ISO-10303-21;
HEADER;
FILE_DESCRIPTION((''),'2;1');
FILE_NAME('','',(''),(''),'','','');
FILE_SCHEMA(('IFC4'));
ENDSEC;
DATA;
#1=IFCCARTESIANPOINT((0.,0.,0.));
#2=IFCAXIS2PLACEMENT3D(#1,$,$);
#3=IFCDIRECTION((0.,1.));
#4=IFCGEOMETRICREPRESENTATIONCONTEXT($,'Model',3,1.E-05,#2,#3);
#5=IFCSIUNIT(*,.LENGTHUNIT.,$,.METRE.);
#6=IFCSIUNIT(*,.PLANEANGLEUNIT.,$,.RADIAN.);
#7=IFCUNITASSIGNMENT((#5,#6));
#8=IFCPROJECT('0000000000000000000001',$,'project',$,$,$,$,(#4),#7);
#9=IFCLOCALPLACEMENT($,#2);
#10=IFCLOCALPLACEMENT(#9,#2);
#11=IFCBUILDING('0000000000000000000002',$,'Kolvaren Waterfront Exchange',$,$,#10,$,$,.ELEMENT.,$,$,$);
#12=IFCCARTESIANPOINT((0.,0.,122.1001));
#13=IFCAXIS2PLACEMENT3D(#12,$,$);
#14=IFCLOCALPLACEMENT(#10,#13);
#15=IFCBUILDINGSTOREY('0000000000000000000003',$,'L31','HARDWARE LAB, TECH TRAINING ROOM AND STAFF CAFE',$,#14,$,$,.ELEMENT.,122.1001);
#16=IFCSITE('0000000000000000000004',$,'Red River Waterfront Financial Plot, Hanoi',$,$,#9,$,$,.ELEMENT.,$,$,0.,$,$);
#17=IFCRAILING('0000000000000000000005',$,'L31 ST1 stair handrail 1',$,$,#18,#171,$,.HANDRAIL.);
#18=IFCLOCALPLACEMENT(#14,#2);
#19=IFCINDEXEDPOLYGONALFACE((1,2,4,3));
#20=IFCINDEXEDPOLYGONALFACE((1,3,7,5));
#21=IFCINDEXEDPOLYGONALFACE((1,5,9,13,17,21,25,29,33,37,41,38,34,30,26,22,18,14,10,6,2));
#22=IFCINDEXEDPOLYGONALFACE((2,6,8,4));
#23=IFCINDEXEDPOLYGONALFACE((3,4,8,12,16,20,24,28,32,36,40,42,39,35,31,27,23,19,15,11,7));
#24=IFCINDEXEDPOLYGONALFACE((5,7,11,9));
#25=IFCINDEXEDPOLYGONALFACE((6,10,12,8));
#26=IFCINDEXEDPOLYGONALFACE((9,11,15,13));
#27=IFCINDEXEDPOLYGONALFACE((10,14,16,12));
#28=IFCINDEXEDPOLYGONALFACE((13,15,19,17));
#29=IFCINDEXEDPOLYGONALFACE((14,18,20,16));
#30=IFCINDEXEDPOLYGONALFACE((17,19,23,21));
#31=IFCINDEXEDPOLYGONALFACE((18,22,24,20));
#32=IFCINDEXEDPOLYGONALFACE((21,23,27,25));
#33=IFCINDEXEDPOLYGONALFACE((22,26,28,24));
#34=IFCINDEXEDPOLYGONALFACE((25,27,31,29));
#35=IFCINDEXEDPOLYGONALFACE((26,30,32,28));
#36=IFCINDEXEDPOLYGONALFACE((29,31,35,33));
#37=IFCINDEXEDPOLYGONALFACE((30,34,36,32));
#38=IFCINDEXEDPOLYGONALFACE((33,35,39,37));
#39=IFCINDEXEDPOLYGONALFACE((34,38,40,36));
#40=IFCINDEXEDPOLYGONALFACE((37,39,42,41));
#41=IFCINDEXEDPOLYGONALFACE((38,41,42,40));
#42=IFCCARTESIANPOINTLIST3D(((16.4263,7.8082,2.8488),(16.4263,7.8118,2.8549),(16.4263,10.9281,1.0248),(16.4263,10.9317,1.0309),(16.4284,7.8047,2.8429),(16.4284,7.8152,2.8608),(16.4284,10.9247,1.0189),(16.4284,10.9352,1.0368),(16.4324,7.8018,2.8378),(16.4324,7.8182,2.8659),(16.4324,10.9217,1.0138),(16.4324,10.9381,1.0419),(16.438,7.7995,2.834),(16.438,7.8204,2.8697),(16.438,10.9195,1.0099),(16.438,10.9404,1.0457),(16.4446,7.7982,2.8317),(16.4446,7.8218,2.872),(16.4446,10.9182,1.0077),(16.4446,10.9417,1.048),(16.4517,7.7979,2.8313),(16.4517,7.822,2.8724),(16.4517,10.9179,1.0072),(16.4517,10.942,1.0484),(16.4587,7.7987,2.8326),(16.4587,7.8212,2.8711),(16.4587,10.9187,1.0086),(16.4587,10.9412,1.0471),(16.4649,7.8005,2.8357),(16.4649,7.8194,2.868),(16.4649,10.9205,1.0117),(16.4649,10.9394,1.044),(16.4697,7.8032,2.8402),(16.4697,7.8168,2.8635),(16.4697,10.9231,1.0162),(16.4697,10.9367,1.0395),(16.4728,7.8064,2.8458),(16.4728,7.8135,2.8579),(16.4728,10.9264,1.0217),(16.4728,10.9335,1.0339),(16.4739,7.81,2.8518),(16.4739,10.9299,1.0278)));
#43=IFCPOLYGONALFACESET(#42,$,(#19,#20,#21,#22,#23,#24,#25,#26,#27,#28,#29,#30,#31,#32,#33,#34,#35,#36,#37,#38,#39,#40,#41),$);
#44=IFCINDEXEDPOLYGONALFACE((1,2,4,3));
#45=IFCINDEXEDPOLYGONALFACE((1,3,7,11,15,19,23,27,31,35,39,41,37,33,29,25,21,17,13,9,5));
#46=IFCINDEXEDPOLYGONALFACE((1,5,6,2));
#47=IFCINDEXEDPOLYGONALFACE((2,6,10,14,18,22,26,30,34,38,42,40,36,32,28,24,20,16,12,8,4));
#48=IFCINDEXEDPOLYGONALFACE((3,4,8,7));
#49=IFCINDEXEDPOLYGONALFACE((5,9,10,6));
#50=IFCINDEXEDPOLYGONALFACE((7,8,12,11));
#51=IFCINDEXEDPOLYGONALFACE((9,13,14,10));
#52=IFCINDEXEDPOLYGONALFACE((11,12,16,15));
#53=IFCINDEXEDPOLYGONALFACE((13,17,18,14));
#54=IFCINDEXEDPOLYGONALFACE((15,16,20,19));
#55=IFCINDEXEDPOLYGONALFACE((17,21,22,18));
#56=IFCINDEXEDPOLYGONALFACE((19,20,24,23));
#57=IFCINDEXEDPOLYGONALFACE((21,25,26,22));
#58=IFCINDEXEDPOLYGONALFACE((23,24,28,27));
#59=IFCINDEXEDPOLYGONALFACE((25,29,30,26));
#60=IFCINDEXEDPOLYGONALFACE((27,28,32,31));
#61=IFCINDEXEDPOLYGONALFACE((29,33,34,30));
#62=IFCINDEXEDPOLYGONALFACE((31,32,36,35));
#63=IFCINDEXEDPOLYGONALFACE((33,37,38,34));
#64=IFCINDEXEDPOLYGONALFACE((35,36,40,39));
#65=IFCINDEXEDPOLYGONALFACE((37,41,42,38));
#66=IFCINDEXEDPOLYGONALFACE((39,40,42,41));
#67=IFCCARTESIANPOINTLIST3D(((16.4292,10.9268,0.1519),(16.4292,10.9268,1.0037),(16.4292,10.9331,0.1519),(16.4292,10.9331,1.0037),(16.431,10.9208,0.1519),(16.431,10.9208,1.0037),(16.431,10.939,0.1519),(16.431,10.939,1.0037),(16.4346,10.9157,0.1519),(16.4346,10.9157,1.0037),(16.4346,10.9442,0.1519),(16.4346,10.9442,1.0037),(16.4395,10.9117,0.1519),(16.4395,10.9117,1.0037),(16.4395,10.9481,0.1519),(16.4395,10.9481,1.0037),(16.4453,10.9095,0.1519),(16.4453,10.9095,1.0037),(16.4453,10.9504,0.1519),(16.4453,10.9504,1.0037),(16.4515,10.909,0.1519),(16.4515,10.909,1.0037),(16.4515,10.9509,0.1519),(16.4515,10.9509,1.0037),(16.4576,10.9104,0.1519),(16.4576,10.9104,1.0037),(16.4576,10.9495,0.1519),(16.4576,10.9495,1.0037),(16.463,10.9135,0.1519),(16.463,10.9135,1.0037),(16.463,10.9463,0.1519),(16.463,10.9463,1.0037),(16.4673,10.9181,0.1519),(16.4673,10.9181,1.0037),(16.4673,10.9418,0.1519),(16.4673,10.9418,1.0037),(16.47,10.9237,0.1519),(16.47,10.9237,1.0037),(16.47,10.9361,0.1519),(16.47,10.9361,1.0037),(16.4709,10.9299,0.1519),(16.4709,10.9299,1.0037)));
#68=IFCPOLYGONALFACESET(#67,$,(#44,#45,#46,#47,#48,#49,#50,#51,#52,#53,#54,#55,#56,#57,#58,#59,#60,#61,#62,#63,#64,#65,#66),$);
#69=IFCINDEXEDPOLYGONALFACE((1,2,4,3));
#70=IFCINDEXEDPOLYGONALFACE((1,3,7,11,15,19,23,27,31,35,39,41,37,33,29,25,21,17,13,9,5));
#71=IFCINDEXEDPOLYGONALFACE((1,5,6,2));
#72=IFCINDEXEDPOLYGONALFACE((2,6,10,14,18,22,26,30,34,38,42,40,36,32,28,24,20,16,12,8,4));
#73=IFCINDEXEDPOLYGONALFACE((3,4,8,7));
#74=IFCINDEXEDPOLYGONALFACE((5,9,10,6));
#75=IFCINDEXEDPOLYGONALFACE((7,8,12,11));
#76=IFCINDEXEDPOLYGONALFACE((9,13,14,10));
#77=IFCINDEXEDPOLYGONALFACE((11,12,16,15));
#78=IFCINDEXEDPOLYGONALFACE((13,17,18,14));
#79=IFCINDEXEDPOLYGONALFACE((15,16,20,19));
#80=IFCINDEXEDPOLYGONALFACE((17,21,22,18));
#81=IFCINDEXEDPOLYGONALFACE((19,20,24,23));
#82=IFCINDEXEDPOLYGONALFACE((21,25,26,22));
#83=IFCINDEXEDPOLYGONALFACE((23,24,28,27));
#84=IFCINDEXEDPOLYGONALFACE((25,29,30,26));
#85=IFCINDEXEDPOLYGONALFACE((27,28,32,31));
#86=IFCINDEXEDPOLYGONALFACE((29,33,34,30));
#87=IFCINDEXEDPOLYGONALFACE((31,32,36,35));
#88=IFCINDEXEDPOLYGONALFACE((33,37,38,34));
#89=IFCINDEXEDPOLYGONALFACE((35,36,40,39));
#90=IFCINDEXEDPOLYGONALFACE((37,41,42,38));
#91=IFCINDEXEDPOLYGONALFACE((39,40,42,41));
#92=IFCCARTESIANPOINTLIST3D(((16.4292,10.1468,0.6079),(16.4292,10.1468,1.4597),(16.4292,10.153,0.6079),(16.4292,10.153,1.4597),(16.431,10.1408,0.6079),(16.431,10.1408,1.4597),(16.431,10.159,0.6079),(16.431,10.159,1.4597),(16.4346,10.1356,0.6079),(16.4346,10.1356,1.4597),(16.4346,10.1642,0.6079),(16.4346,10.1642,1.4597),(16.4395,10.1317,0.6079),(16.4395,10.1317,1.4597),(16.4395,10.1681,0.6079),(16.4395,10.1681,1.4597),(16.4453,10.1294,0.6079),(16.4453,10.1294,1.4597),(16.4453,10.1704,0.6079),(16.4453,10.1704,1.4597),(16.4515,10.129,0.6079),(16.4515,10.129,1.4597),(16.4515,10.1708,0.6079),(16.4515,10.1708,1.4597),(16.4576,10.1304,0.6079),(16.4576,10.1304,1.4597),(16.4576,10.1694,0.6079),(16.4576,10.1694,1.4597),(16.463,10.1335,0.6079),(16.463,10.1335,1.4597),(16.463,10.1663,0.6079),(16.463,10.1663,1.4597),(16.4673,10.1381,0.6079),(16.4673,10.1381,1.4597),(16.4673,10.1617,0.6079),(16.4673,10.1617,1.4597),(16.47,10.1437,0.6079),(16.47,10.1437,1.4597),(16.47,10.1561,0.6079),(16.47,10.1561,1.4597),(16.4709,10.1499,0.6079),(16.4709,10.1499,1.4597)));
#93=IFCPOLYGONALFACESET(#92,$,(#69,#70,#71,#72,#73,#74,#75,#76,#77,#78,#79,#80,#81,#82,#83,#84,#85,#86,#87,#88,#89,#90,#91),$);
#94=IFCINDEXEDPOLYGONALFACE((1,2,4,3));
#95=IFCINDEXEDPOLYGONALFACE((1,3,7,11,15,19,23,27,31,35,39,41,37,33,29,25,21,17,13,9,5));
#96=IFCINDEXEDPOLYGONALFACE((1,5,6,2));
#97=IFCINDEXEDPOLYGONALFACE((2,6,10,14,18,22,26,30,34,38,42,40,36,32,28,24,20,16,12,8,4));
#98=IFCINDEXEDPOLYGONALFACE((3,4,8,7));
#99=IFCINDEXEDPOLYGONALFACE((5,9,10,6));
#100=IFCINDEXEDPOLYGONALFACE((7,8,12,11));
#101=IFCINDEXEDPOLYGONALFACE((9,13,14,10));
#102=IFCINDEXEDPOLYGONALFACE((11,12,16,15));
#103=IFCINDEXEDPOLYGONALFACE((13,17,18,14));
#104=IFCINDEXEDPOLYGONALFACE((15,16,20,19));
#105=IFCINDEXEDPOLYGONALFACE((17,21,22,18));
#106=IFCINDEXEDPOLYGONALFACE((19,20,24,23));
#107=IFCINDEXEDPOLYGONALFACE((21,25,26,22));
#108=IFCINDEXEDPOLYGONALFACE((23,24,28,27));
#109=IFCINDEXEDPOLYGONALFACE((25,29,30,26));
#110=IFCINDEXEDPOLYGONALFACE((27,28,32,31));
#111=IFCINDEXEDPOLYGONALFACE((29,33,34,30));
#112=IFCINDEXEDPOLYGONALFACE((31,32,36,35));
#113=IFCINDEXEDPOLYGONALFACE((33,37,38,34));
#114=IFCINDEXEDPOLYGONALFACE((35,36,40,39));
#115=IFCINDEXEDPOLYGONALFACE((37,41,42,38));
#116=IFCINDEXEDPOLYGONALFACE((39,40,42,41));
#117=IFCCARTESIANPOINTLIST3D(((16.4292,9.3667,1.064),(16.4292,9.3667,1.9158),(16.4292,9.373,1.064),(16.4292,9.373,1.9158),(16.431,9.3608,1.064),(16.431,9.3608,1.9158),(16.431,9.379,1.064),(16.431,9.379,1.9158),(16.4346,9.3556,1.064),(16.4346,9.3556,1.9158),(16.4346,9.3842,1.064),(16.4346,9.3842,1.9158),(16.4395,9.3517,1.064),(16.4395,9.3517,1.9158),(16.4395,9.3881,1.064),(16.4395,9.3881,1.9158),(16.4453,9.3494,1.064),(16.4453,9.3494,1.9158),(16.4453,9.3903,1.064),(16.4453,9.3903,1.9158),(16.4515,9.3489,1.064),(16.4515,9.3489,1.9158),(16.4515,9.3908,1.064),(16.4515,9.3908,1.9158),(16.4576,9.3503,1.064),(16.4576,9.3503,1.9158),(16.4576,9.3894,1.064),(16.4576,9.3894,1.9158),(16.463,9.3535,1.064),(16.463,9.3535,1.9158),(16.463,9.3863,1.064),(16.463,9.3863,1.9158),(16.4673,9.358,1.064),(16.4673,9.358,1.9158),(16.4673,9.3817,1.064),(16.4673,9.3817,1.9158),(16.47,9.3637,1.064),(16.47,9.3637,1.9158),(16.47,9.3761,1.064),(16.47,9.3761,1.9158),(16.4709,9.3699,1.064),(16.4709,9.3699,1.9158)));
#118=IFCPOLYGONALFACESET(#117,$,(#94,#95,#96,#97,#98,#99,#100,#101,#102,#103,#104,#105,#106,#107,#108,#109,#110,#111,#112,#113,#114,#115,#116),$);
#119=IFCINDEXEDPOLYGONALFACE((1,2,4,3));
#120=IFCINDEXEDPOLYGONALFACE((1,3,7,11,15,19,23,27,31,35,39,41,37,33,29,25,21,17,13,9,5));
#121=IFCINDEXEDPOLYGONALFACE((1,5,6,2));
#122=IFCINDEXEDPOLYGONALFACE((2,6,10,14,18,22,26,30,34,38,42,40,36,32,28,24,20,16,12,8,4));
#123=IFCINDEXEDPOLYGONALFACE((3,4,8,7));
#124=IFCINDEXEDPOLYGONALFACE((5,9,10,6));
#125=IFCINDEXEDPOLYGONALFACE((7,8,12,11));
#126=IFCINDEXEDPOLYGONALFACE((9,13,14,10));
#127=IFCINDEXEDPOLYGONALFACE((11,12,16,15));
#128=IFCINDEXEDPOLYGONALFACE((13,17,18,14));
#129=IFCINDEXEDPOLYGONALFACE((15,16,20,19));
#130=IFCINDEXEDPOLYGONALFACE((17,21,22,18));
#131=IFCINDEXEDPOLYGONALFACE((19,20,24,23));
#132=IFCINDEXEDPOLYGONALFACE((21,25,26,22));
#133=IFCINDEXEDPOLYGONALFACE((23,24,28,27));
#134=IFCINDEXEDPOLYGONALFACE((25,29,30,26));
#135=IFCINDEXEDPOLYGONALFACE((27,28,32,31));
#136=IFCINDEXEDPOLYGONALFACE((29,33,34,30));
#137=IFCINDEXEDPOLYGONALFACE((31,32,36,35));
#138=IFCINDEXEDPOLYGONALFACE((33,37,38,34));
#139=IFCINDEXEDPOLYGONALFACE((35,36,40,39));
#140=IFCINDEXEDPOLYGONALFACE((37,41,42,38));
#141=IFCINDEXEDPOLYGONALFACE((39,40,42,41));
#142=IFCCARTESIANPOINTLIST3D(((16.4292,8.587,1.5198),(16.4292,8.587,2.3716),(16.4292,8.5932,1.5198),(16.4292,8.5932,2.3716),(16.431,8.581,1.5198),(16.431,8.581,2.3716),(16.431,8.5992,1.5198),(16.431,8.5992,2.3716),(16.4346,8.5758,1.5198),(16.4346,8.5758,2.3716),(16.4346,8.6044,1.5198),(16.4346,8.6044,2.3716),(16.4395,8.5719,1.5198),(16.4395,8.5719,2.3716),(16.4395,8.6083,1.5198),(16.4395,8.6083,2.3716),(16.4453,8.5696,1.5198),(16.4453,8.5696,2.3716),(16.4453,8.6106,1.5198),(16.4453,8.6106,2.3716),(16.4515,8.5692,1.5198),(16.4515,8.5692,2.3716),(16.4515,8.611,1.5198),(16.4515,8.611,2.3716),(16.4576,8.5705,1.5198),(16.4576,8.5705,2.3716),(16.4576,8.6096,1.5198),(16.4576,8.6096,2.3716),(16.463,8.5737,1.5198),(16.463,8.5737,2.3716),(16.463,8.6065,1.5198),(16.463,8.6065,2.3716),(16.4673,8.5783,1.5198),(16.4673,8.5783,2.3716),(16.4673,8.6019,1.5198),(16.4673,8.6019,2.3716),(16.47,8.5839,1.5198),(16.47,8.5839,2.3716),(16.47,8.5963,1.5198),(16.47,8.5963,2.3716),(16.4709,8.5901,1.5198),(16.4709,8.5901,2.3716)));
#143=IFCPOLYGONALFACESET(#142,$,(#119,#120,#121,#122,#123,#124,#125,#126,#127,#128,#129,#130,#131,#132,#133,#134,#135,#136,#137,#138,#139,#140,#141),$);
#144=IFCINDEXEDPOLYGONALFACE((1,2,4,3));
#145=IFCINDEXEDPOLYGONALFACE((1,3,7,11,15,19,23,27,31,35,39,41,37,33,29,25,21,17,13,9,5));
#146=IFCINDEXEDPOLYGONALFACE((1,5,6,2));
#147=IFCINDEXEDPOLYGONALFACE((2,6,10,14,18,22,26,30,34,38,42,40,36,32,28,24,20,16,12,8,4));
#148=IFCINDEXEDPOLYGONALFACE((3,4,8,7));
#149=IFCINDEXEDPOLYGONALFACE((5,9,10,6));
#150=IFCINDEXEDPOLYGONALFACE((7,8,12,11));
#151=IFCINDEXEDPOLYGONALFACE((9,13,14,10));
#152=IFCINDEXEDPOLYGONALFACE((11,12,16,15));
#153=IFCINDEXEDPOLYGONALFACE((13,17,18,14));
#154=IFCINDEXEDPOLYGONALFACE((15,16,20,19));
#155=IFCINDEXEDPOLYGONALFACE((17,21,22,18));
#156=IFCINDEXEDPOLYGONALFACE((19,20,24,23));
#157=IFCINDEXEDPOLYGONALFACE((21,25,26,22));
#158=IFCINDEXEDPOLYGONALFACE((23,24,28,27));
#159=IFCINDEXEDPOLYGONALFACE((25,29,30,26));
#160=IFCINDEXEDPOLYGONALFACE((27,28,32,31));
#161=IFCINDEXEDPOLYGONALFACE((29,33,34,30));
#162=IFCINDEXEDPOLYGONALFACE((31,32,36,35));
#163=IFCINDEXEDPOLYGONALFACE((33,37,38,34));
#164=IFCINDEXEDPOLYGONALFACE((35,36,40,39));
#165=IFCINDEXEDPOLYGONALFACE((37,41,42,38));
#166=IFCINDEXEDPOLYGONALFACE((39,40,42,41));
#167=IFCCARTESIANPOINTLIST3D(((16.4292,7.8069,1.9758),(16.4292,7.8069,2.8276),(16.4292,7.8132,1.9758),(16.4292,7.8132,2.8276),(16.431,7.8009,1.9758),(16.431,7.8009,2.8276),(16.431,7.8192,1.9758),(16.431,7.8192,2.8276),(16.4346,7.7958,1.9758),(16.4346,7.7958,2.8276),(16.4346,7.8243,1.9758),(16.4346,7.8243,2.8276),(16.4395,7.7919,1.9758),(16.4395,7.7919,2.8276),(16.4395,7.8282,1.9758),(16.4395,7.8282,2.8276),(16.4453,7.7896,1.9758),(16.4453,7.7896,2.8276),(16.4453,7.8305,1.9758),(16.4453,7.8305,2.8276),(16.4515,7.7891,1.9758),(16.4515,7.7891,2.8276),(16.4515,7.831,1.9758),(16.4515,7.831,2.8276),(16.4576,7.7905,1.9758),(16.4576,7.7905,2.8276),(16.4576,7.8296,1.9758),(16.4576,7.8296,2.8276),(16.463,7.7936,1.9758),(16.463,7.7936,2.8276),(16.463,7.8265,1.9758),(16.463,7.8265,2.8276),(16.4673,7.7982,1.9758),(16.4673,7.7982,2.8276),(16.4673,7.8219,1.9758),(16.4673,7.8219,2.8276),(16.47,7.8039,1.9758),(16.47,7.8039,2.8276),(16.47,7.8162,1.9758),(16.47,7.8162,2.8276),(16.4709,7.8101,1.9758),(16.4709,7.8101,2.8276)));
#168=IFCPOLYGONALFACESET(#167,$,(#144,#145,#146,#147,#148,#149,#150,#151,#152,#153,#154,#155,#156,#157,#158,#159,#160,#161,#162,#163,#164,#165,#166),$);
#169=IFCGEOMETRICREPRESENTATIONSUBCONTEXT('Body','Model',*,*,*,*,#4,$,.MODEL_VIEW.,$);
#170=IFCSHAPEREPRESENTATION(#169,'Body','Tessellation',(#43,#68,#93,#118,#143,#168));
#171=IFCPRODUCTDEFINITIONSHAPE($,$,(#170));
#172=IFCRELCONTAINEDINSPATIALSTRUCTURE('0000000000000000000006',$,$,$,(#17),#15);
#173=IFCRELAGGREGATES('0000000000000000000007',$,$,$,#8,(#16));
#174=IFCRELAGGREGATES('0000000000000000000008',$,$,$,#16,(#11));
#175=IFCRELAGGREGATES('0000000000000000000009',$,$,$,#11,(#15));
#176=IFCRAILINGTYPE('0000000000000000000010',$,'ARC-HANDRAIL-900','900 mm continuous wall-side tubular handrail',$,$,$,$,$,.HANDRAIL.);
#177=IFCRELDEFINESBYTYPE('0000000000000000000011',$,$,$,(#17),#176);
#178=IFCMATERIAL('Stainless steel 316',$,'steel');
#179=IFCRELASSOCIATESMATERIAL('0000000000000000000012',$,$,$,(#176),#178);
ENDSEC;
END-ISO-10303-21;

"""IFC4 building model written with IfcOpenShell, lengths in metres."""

from ifc_helpers import new_model, si_unit, direction, frame, origin, origin_2d, place, context, subcontext, project, spatial, circle, extrude, material, type_object, element, save


model = new_model("IFC4")

# Units and contexts
model_context = context("Model", 3, precision=1e-05, world=origin(), true_north=direction((0.0, 1.0)))
body_context = subcontext(model_context, "Body", "Model", "MODEL_VIEW")
ifc_project = project(units=[si_unit("LENGTHUNIT", "METRE"), si_unit("PLANEANGLEUNIT", "RADIAN")], contexts=[model_context])

# Site, building, storey
site_placement = place(None, origin())
site = spatial("IfcSite", under=ifc_project, at=site_placement, Name="Red River Waterfront Financial Plot, Hanoi", CompositionType="ELEMENT", RefElevation=0.0)
building_placement = place(site_placement, origin())
building = spatial("IfcBuilding", under=site, at=building_placement, Name="Kolvaren Waterfront Exchange", CompositionType="ELEMENT")
storey_placement = place(building_placement, frame((0.0, 0.0, 122.1001)))
storey = spatial("IfcBuildingStorey", under=building, at=storey_placement, Name="L31", Description="HARDWARE LAB, TECH TRAINING ROOM AND STAFF CAFE", CompositionType="ELEMENT", Elevation=122.1001)

# Railing
ifc_material_1 = material(Name="Stainless steel 316", Category="steel")
railing_type_1 = type_object("IfcRailingType", Name="ARC-HANDRAIL-900", Description="900 mm continuous wall-side tubular handrail", PredefinedType="HANDRAIL", material=ifc_material_1)
railing_1_placement = place(storey_placement, frame((16.45, 10.9299, 0.1519)))
element("IfcRailing", 1, at=railing_1_placement, inside=storey, type_object=railing_type_1, Name="L31 ST1 stair handrail 1", PredefinedType="HANDRAIL", context=body_context, shape_type="SweptSolid", body=[
    extrude(circle(Radius=0.0239, at=origin_2d()), frame((0.0, 0.0, 0.876), z_axis=(0.0, -0.863291, 0.504707), x_axis=(1.0, 0.0, 0.0)), (0.0, 0.0, 1.0), 3.614),
    extrude(circle(Radius=0.021, at=origin_2d()), origin(), (0.0, 0.0, 1.0), 0.8518),
    extrude(circle(Radius=0.021, at=origin_2d()), frame((0.0, -0.78, 0.4561)), (0.0, 0.0, 1.0), 0.8518),
    extrude(circle(Radius=0.021, at=origin_2d()), frame((0.0, -1.5601, 0.9121)), (0.0, 0.0, 1.0), 0.8518),
    extrude(circle(Radius=0.021, at=origin_2d()), frame((0.0, -2.3398, 1.3679)), (0.0, 0.0, 1.0), 0.8518),
    extrude(circle(Radius=0.021, at=origin_2d()), frame((0.0, -3.1199, 1.824)), (0.0, 0.0, 1.0), 0.8518),
])

save(model, "model.ifc")
